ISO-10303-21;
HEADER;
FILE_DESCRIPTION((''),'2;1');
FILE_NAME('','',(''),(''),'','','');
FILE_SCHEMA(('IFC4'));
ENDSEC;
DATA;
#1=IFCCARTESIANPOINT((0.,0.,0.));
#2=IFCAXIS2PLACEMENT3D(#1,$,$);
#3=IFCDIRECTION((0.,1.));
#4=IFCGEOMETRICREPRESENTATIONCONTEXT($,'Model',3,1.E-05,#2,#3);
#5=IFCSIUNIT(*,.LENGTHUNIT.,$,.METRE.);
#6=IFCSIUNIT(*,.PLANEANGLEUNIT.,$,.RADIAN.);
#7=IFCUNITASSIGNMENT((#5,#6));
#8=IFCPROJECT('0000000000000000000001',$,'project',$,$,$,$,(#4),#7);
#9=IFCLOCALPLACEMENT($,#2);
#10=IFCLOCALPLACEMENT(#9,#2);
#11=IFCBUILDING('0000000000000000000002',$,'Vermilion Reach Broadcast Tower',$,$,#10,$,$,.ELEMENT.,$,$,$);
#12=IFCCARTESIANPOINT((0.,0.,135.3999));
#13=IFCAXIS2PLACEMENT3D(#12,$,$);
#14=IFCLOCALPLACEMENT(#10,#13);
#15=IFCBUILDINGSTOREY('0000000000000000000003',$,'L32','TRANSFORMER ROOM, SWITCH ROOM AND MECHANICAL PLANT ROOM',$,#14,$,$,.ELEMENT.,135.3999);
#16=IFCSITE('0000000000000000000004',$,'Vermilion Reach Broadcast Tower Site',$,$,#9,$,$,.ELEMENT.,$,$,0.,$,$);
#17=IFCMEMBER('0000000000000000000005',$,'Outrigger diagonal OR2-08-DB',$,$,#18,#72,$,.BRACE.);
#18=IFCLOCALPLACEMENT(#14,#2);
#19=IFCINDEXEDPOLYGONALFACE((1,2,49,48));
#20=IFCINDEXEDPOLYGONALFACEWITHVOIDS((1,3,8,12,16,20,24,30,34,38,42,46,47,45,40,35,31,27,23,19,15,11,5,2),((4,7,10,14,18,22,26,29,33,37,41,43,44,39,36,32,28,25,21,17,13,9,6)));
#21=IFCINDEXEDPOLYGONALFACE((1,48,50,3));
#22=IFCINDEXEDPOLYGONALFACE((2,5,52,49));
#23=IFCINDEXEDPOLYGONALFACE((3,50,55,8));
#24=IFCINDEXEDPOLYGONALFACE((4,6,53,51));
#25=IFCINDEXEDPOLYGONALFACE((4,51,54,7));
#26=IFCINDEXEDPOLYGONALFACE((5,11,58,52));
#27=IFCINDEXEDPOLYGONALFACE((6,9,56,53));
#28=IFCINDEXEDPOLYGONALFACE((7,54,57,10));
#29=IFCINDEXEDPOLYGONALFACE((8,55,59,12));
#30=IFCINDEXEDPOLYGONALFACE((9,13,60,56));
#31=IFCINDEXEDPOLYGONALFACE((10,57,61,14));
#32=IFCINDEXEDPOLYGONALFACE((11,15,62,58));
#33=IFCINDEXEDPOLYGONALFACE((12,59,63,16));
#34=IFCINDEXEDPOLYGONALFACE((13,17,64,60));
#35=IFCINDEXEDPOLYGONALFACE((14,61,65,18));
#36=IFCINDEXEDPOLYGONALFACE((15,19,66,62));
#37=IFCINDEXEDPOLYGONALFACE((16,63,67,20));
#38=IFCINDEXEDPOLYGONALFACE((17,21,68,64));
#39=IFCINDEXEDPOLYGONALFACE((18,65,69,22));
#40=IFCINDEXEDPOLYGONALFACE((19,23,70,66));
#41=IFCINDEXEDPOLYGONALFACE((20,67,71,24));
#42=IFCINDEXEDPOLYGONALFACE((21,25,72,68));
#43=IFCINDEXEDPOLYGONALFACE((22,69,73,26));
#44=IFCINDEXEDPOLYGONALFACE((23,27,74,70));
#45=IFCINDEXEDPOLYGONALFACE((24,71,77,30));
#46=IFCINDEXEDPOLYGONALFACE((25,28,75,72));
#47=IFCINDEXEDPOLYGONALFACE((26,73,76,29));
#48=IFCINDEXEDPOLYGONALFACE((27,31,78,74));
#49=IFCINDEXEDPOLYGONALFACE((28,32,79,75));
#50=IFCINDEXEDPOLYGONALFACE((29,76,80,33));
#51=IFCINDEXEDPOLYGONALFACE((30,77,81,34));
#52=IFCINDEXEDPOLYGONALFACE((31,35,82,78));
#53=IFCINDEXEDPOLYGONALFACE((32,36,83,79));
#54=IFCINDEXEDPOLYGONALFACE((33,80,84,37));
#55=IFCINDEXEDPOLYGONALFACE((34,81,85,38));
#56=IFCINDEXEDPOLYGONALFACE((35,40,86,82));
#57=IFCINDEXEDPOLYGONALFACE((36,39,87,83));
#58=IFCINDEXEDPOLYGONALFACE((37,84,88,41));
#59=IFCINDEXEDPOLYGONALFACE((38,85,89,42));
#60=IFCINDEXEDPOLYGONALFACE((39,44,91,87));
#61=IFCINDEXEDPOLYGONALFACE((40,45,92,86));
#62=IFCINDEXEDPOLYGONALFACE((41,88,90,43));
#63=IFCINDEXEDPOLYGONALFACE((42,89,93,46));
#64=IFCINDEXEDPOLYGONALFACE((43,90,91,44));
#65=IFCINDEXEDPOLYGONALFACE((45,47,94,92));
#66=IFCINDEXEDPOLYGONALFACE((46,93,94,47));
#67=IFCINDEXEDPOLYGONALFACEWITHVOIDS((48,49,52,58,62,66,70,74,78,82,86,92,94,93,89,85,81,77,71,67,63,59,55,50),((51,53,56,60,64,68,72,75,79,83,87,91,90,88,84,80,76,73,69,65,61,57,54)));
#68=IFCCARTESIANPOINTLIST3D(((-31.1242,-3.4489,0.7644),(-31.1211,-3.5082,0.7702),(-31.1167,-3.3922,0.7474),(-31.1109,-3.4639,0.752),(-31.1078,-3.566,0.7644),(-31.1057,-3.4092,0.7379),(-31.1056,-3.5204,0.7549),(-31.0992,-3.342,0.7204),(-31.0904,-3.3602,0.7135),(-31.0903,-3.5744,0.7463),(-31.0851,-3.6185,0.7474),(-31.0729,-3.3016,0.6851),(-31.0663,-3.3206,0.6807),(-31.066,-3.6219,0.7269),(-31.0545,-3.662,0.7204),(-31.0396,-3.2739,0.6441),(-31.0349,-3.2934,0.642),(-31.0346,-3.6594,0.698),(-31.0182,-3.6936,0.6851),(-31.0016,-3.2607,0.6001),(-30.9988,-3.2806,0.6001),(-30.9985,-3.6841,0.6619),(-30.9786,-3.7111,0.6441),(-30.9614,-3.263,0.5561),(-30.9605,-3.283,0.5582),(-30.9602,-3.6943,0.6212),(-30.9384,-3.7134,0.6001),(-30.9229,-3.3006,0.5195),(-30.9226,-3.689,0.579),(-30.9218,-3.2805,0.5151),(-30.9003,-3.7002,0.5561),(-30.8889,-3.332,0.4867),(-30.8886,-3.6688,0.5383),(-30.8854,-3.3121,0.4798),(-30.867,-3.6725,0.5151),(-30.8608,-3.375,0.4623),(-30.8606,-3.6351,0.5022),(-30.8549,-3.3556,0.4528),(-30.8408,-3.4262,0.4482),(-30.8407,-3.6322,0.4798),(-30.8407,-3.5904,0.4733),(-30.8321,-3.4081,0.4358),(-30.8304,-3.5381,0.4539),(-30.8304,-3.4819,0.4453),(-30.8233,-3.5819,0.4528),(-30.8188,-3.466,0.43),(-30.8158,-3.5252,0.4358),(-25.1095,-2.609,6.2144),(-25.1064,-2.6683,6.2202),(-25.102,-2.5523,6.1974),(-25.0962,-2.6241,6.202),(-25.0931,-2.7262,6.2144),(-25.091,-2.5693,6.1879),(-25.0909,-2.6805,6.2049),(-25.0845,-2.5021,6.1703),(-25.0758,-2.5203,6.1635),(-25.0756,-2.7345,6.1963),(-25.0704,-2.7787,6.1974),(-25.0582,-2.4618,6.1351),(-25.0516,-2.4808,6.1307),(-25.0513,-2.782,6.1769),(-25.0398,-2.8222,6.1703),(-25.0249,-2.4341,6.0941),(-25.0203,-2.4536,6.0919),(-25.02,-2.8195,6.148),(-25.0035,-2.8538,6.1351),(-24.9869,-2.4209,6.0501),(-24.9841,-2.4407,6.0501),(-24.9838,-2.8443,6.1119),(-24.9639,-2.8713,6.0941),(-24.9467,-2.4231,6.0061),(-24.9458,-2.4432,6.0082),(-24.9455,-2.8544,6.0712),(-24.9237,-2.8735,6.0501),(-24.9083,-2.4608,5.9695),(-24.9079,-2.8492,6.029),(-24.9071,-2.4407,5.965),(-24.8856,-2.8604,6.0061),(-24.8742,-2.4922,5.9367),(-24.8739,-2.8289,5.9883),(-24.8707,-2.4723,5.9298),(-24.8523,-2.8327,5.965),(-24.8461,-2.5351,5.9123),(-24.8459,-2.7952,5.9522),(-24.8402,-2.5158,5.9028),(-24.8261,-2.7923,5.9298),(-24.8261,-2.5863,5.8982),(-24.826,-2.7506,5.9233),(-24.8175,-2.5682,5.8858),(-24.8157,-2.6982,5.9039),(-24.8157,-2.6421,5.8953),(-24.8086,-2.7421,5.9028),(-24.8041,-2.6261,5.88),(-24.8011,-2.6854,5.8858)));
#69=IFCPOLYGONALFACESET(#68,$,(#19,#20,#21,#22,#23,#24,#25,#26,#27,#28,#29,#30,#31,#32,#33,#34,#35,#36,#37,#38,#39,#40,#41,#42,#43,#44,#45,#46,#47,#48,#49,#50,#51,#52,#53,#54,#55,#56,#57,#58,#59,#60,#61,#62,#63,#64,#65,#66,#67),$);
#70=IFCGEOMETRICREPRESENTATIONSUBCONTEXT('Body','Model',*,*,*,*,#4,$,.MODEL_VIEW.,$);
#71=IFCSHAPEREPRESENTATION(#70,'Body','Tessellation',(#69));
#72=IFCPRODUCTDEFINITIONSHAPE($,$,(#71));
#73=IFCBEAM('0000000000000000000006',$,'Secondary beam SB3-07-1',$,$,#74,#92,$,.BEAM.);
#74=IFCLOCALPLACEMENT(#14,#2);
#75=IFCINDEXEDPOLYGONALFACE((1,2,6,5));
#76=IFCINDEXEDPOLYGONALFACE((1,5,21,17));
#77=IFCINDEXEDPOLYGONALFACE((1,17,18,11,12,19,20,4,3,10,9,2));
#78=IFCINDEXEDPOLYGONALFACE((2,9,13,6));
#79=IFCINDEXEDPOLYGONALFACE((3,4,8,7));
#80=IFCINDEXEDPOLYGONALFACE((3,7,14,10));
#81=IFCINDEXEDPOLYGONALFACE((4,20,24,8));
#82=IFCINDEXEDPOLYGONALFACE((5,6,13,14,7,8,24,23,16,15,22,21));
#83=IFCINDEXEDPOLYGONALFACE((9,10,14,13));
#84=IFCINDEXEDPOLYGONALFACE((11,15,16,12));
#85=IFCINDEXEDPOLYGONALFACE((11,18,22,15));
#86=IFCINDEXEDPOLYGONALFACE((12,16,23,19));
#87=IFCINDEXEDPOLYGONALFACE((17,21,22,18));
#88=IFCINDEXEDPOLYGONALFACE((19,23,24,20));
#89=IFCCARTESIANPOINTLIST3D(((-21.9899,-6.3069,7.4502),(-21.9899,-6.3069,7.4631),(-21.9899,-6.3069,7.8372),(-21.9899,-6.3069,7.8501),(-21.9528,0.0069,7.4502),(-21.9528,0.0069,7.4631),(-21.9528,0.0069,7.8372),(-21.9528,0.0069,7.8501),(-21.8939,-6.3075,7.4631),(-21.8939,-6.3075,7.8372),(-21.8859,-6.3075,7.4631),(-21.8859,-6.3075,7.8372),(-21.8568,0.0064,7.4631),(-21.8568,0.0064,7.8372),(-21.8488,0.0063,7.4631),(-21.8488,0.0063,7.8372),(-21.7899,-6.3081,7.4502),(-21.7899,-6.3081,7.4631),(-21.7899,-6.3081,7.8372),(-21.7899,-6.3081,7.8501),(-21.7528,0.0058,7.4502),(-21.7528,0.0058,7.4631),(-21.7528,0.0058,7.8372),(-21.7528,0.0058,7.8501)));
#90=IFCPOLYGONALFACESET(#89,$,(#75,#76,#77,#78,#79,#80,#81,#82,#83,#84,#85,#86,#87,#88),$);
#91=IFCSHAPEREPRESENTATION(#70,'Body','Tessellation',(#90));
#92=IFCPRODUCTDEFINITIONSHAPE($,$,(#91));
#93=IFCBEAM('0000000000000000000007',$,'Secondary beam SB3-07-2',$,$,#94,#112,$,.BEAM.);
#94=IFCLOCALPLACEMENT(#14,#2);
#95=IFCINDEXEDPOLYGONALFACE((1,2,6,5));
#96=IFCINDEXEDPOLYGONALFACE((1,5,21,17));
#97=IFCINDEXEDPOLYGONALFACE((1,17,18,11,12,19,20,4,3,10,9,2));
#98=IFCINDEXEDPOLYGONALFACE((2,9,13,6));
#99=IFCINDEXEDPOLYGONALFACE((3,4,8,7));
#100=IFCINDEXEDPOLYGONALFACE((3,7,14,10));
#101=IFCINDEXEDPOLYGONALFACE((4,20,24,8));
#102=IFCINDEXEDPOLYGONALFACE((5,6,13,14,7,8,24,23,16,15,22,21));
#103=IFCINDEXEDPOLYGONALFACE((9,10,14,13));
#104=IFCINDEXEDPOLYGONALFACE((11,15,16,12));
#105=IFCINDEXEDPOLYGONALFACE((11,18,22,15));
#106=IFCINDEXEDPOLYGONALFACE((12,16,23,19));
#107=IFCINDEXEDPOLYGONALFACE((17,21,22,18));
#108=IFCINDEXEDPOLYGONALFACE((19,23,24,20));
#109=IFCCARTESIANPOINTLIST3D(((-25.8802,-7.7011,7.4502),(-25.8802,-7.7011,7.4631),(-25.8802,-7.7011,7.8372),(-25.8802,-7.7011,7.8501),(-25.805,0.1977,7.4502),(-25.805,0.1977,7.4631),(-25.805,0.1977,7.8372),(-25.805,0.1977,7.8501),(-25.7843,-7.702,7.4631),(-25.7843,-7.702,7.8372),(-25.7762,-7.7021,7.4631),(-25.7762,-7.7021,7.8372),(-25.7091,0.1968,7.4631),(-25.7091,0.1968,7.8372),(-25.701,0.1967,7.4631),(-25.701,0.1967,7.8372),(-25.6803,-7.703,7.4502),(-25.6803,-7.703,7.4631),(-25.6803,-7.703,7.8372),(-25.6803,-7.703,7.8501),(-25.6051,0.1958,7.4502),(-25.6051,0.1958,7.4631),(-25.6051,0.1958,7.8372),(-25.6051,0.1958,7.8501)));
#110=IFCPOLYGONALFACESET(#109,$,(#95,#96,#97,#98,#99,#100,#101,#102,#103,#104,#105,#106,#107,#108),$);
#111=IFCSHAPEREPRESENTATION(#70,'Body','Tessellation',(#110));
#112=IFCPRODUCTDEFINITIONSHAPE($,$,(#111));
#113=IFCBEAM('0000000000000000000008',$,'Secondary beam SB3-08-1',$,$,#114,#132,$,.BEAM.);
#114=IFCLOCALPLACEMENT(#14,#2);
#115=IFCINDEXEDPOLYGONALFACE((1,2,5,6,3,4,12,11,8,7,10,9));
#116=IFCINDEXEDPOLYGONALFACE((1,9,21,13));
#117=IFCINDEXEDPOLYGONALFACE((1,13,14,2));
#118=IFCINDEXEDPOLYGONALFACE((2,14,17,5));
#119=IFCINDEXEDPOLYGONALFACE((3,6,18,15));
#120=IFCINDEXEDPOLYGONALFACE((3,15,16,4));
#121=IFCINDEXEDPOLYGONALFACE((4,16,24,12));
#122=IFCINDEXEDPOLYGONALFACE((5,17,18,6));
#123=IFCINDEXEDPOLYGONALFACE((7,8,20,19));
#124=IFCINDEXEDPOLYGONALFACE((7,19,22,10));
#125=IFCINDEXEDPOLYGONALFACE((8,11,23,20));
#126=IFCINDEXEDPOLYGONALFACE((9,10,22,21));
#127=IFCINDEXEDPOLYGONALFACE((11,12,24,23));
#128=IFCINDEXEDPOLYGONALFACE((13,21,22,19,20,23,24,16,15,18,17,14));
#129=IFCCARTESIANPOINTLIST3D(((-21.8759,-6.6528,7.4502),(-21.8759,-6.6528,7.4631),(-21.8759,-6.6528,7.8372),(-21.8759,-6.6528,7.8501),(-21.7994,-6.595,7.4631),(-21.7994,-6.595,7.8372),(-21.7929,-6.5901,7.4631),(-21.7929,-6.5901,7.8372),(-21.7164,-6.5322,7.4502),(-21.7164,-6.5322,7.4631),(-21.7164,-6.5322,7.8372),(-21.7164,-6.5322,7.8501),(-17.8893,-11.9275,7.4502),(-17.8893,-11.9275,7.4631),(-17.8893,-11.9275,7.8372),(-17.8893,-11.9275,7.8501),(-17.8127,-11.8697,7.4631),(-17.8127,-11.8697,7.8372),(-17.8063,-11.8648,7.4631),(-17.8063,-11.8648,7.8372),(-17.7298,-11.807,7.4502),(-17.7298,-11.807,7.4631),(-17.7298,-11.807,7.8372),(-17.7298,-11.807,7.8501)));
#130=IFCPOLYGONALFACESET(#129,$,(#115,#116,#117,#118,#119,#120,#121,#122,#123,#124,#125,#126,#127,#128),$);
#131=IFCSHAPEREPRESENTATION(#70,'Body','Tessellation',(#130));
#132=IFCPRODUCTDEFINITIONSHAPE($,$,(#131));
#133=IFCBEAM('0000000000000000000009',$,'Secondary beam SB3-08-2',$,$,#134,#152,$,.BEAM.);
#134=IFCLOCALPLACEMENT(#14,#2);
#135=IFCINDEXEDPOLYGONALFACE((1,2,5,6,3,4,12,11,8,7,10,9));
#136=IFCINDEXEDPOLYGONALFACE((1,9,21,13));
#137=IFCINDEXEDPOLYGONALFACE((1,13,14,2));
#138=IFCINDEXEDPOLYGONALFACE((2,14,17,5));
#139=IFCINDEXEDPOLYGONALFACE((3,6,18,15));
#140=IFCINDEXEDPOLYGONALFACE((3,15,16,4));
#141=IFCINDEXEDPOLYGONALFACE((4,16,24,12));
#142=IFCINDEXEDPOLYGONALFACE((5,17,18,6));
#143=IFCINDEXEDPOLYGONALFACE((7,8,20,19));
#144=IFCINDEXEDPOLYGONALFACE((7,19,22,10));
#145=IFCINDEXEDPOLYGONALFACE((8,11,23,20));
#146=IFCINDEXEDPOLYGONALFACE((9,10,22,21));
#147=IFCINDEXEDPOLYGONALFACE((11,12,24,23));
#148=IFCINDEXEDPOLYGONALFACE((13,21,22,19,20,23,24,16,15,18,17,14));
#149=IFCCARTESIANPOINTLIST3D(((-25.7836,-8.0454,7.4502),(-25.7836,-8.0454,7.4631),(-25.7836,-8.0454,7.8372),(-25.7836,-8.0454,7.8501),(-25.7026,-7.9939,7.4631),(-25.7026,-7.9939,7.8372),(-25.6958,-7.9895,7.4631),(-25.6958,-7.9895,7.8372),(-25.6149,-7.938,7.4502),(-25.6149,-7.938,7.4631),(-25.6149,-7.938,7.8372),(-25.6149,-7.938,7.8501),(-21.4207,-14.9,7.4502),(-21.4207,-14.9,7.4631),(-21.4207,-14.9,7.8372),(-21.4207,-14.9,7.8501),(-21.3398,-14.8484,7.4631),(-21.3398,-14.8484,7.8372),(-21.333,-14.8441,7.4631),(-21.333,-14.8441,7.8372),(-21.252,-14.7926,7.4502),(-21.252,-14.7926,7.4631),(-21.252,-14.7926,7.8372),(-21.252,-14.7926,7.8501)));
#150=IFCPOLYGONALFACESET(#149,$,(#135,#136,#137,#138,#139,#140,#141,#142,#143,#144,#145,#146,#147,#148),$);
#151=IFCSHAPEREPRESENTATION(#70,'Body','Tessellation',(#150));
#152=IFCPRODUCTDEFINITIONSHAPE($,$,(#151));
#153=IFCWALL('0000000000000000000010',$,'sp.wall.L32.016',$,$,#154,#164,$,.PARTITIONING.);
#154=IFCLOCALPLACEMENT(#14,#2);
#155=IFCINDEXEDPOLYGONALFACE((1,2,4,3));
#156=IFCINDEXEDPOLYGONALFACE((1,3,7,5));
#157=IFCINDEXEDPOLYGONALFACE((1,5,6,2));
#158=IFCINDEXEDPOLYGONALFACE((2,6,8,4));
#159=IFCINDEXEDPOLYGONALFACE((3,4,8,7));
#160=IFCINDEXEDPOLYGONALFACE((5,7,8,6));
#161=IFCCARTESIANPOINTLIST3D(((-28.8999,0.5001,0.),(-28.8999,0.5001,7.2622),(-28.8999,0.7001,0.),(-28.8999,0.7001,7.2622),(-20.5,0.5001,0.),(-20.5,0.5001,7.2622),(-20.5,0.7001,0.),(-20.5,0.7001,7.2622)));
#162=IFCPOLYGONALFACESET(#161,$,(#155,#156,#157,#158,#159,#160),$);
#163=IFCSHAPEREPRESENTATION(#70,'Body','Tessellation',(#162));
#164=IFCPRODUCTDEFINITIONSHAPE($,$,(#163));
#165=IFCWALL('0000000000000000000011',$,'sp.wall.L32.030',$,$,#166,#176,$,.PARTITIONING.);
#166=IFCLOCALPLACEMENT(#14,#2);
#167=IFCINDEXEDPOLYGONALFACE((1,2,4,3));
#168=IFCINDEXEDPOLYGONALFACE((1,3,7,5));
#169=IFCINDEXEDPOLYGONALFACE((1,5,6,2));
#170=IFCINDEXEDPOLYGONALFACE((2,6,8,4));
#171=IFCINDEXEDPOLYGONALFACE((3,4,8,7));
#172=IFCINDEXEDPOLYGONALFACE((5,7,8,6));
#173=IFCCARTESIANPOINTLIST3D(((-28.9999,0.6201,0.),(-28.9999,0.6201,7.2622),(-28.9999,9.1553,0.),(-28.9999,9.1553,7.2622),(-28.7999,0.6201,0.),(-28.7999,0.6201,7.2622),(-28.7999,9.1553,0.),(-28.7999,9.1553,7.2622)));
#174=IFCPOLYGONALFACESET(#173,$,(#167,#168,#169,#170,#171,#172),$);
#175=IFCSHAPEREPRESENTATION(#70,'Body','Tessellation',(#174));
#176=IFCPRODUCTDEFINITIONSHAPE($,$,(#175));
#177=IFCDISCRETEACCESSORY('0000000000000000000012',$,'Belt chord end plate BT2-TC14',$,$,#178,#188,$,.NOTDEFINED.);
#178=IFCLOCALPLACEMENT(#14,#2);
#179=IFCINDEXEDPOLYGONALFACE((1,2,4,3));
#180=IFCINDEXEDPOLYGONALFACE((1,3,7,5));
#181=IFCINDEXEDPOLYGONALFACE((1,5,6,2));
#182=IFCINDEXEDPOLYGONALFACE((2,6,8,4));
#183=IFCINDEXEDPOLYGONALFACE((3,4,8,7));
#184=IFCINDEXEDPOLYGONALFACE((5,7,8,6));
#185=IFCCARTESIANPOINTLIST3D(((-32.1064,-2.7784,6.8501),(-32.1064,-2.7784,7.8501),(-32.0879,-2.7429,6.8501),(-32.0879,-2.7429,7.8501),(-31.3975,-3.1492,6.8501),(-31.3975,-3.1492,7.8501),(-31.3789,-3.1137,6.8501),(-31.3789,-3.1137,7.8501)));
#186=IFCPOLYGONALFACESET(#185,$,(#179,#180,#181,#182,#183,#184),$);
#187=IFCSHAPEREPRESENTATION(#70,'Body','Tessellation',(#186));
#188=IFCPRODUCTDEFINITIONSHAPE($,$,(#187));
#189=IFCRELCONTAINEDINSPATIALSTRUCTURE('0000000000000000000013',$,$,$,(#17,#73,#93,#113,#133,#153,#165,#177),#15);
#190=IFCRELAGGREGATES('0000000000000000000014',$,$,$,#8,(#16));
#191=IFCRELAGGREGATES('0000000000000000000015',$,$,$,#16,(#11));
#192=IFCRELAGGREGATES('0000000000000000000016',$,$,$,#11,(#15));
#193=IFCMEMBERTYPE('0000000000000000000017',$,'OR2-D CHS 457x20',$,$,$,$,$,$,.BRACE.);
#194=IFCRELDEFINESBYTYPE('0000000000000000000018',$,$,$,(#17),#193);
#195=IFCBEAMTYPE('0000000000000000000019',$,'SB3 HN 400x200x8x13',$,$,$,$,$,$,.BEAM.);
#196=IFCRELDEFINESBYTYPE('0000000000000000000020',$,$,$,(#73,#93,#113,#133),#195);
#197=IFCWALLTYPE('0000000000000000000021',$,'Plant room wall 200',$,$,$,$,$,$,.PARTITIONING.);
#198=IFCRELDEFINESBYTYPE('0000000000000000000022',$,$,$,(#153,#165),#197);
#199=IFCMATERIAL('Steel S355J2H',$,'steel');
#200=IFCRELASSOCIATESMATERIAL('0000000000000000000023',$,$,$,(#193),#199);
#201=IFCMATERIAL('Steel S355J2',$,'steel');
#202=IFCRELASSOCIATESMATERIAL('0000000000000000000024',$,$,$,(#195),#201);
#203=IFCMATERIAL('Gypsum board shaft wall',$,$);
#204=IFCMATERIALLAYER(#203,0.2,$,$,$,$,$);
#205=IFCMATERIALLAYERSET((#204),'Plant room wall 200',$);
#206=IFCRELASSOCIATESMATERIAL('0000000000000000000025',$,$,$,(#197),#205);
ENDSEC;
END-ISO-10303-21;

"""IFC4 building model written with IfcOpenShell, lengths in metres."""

from ifc_helpers import new_model, si_unit, direction, frame, frame_2d, origin, origin_2d, place, context, subcontext, project, spatial, rectangle, hollow_circle, i_section, extrude, material, layer, layer_set, material_profile, profile_set, type_object, element, save


model = new_model("IFC4")

# Units and contexts
model_context = context("Model", 3, precision=1e-05, world=origin(), true_north=direction((0.0, 1.0)))
body_context = subcontext(model_context, "Body", "Model", "MODEL_VIEW")
ifc_project = project(units=[si_unit("LENGTHUNIT", "METRE"), si_unit("PLANEANGLEUNIT", "RADIAN")], contexts=[model_context])

# Site, building, storey
site_placement = place(None, origin())
site = spatial("IfcSite", under=ifc_project, at=site_placement, Name="Vermilion Reach Broadcast Tower Site", CompositionType="ELEMENT", RefElevation=0.0)
building_placement = place(site_placement, origin())
building = spatial("IfcBuilding", under=site, at=building_placement, Name="Vermilion Reach Broadcast Tower", CompositionType="ELEMENT")
storey_placement = place(building_placement, frame((0.0, 0.0, 135.3999)))
storey = spatial("IfcBuildingStorey", under=building, at=storey_placement, Name="L32", Description="TRANSFORMER ROOM, SWITCH ROOM AND MECHANICAL PLANT ROOM", CompositionType="ELEMENT", Elevation=135.3999)

# Member
ifc_material_1 = material(Name="Steel S355J2H", Category="steel")
ifc_material_profile_1 = material_profile(ifc_material_1, hollow_circle(Radius=0.2285, WallThickness=0.02, at=origin_2d()), Name="S355J2H CHS 457x20")
ifc_profile_set_1 = profile_set([ifc_material_profile_1], Name="Steel S355J2H")
member_type_1 = type_object("IfcMemberType", Name="OR2-D CHS 457x20", PredefinedType="BRACE", material=ifc_profile_set_1)
member_1_placement = place(storey_placement, frame((-30.97, -3.4871, 0.6001), z_axis=(0.737102, 0.102924, 0.667898), x_axis=(-0.138291, 0.990392, 0.0)))
element("IfcMember", 1, at=member_1_placement, inside=storey, type_object=member_type_1, Name="Outrigger diagonal OR2-08-DB", PredefinedType="BRACE", context=body_context, shape_type="SweptSolid", body=[
    extrude(hollow_circle(Radius=0.2285, WallThickness=0.02, at=origin_2d()), origin(), (0.0, 0.0, 1.0), 8.1599),
])

# Beams
ifc_material_2 = material(Name="Steel S355J2", Category="steel")
ifc_material_profile_2 = material_profile(ifc_material_2, i_section(OverallWidth=0.2, OverallDepth=0.3999, WebThickness=0.0081, FlangeThickness=0.0129, at=origin_2d()), Name="S355J2 HN 400x200x8x13")
ifc_profile_set_2 = profile_set([ifc_material_profile_2], Name="Steel S355J2")
beam_type_1 = type_object("IfcBeamType", Name="SB3 HN 400x200x8x13", PredefinedType="BEAM", material=ifc_profile_set_2)
beam_1_placement = place(storey_placement, frame((-21.8528, 0.0063, 7.6501), z_axis=(-0.005877, -0.999983, 0.0), x_axis=(0.999983, -0.005877, 0.0)))
element("IfcBeam", 2, at=beam_1_placement, inside=storey, type_object=beam_type_1, Name="Secondary beam SB3-07-1", PredefinedType="BEAM", context=body_context, shape_type="SweptSolid", body=[
    extrude(i_section(OverallWidth=0.2, OverallDepth=0.3999, WebThickness=0.0081, FlangeThickness=0.0129, at=origin_2d()), origin(), (0.0, 0.0, 1.0), 6.314),
])
beam_2_placement = place(storey_placement, frame((-25.7051, 0.1968, 7.6501), z_axis=(-0.009519, -0.999955, 0.0), x_axis=(0.999955, -0.009519, 0.0)))
element("IfcBeam", 3, at=beam_2_placement, inside=storey, type_object=beam_type_1, Name="Secondary beam SB3-07-2", PredefinedType="BEAM", context=body_context, shape_type="SweptSolid", body=[
    extrude(i_section(OverallWidth=0.2, OverallDepth=0.3999, WebThickness=0.0081, FlangeThickness=0.0129, at=origin_2d()), origin(), (0.0, 0.0, 1.0), 7.8992),
])
beam_3_placement = place(storey_placement, frame((-21.7961, -6.5925, 7.6501), z_axis=(0.602956, -0.797775, 0.0), x_axis=(0.797775, 0.602956, 0.0)))
element("IfcBeam", 4, at=beam_3_placement, inside=storey, type_object=beam_type_1, Name="Secondary beam SB3-08-1", PredefinedType="BEAM", context=body_context, shape_type="SweptSolid", body=[
    extrude(i_section(OverallWidth=0.2, OverallDepth=0.3999, WebThickness=0.0081, FlangeThickness=0.0129, at=origin_2d()), origin(), (0.0, 0.0, 1.0), 6.6118),
])
beam_4_placement = place(storey_placement, frame((-25.6992, -7.9917, 7.6501), z_axis=(0.536949, -0.843614, 0.0), x_axis=(0.843614, 0.536949, 0.0)))
element("IfcBeam", 5, at=beam_4_placement, inside=storey, type_object=beam_type_1, Name="Secondary beam SB3-08-2", PredefinedType="BEAM", context=body_context, shape_type="SweptSolid", body=[
    extrude(i_section(OverallWidth=0.2, OverallDepth=0.3999, WebThickness=0.0081, FlangeThickness=0.0129, at=origin_2d()), origin(), (0.0, 0.0, 1.0), 8.1252),
])

# Walls
ifc_material_3 = material(Name="Gypsum board shaft wall")
ifc_layer = layer(ifc_material_3, 0.2)
ifc_layer_set = layer_set([ifc_layer], Name="Plant room wall 200")
wall_type = type_object("IfcWallType", Name="Plant room wall 200", PredefinedType="PARTITIONING", material=ifc_layer_set)
wall_1_placement = place(storey_placement, frame((-28.8999, 0.6001, 0.0), z_axis=(0.0, 0.0, 1.0), x_axis=(1.0, 0.0, 0.0)))
element("IfcWall", 6, at=wall_1_placement, inside=storey, type_object=wall_type, Name="sp.wall.L32.016", PredefinedType="PARTITIONING", context=body_context, shape_type="SweptSolid", body=[
    extrude(rectangle(XDim=8.3999, YDim=0.2, at=frame_2d((4.2, 0.0))), origin(), (0.0, 0.0, 1.0), 7.2622),
])
wall_2_placement = place(storey_placement, frame((-28.8999, 0.6201, 0.0), z_axis=(0.0, 0.0, 1.0), x_axis=(0.0, 1.0, 0.0)))
element("IfcWall", 7, at=wall_2_placement, inside=storey, type_object=wall_type, Name="sp.wall.L32.030", PredefinedType="PARTITIONING", context=body_context, shape_type="SweptSolid", body=[
    extrude(rectangle(XDim=8.5352, YDim=0.2, at=frame_2d((4.2676, 0.0))), origin(), (0.0, 0.0, 1.0), 7.2622),
])

# Discrete accessory
for number, where, z_axis, x_axis, name in (
    (8, (-31.7427, -2.946, 6.8501), (0.0, 0.0, 1.0), (-0.463389, -0.886155, 0.0), "Belt chord end plate BT2-TC14"),
):
    element("IfcDiscreteAccessory", number, at=place(storey_placement, frame(where, z_axis=z_axis, x_axis=x_axis)), inside=storey, Name=name, PredefinedType="NOTDEFINED", context=body_context, shape_type="SweptSolid", body=[
        extrude(rectangle(XDim=0.04, YDim=0.8, at=origin_2d()), origin(), (0.0, 0.0, 1.0), 1.0),
    ])

save(model, "model.ifc")
